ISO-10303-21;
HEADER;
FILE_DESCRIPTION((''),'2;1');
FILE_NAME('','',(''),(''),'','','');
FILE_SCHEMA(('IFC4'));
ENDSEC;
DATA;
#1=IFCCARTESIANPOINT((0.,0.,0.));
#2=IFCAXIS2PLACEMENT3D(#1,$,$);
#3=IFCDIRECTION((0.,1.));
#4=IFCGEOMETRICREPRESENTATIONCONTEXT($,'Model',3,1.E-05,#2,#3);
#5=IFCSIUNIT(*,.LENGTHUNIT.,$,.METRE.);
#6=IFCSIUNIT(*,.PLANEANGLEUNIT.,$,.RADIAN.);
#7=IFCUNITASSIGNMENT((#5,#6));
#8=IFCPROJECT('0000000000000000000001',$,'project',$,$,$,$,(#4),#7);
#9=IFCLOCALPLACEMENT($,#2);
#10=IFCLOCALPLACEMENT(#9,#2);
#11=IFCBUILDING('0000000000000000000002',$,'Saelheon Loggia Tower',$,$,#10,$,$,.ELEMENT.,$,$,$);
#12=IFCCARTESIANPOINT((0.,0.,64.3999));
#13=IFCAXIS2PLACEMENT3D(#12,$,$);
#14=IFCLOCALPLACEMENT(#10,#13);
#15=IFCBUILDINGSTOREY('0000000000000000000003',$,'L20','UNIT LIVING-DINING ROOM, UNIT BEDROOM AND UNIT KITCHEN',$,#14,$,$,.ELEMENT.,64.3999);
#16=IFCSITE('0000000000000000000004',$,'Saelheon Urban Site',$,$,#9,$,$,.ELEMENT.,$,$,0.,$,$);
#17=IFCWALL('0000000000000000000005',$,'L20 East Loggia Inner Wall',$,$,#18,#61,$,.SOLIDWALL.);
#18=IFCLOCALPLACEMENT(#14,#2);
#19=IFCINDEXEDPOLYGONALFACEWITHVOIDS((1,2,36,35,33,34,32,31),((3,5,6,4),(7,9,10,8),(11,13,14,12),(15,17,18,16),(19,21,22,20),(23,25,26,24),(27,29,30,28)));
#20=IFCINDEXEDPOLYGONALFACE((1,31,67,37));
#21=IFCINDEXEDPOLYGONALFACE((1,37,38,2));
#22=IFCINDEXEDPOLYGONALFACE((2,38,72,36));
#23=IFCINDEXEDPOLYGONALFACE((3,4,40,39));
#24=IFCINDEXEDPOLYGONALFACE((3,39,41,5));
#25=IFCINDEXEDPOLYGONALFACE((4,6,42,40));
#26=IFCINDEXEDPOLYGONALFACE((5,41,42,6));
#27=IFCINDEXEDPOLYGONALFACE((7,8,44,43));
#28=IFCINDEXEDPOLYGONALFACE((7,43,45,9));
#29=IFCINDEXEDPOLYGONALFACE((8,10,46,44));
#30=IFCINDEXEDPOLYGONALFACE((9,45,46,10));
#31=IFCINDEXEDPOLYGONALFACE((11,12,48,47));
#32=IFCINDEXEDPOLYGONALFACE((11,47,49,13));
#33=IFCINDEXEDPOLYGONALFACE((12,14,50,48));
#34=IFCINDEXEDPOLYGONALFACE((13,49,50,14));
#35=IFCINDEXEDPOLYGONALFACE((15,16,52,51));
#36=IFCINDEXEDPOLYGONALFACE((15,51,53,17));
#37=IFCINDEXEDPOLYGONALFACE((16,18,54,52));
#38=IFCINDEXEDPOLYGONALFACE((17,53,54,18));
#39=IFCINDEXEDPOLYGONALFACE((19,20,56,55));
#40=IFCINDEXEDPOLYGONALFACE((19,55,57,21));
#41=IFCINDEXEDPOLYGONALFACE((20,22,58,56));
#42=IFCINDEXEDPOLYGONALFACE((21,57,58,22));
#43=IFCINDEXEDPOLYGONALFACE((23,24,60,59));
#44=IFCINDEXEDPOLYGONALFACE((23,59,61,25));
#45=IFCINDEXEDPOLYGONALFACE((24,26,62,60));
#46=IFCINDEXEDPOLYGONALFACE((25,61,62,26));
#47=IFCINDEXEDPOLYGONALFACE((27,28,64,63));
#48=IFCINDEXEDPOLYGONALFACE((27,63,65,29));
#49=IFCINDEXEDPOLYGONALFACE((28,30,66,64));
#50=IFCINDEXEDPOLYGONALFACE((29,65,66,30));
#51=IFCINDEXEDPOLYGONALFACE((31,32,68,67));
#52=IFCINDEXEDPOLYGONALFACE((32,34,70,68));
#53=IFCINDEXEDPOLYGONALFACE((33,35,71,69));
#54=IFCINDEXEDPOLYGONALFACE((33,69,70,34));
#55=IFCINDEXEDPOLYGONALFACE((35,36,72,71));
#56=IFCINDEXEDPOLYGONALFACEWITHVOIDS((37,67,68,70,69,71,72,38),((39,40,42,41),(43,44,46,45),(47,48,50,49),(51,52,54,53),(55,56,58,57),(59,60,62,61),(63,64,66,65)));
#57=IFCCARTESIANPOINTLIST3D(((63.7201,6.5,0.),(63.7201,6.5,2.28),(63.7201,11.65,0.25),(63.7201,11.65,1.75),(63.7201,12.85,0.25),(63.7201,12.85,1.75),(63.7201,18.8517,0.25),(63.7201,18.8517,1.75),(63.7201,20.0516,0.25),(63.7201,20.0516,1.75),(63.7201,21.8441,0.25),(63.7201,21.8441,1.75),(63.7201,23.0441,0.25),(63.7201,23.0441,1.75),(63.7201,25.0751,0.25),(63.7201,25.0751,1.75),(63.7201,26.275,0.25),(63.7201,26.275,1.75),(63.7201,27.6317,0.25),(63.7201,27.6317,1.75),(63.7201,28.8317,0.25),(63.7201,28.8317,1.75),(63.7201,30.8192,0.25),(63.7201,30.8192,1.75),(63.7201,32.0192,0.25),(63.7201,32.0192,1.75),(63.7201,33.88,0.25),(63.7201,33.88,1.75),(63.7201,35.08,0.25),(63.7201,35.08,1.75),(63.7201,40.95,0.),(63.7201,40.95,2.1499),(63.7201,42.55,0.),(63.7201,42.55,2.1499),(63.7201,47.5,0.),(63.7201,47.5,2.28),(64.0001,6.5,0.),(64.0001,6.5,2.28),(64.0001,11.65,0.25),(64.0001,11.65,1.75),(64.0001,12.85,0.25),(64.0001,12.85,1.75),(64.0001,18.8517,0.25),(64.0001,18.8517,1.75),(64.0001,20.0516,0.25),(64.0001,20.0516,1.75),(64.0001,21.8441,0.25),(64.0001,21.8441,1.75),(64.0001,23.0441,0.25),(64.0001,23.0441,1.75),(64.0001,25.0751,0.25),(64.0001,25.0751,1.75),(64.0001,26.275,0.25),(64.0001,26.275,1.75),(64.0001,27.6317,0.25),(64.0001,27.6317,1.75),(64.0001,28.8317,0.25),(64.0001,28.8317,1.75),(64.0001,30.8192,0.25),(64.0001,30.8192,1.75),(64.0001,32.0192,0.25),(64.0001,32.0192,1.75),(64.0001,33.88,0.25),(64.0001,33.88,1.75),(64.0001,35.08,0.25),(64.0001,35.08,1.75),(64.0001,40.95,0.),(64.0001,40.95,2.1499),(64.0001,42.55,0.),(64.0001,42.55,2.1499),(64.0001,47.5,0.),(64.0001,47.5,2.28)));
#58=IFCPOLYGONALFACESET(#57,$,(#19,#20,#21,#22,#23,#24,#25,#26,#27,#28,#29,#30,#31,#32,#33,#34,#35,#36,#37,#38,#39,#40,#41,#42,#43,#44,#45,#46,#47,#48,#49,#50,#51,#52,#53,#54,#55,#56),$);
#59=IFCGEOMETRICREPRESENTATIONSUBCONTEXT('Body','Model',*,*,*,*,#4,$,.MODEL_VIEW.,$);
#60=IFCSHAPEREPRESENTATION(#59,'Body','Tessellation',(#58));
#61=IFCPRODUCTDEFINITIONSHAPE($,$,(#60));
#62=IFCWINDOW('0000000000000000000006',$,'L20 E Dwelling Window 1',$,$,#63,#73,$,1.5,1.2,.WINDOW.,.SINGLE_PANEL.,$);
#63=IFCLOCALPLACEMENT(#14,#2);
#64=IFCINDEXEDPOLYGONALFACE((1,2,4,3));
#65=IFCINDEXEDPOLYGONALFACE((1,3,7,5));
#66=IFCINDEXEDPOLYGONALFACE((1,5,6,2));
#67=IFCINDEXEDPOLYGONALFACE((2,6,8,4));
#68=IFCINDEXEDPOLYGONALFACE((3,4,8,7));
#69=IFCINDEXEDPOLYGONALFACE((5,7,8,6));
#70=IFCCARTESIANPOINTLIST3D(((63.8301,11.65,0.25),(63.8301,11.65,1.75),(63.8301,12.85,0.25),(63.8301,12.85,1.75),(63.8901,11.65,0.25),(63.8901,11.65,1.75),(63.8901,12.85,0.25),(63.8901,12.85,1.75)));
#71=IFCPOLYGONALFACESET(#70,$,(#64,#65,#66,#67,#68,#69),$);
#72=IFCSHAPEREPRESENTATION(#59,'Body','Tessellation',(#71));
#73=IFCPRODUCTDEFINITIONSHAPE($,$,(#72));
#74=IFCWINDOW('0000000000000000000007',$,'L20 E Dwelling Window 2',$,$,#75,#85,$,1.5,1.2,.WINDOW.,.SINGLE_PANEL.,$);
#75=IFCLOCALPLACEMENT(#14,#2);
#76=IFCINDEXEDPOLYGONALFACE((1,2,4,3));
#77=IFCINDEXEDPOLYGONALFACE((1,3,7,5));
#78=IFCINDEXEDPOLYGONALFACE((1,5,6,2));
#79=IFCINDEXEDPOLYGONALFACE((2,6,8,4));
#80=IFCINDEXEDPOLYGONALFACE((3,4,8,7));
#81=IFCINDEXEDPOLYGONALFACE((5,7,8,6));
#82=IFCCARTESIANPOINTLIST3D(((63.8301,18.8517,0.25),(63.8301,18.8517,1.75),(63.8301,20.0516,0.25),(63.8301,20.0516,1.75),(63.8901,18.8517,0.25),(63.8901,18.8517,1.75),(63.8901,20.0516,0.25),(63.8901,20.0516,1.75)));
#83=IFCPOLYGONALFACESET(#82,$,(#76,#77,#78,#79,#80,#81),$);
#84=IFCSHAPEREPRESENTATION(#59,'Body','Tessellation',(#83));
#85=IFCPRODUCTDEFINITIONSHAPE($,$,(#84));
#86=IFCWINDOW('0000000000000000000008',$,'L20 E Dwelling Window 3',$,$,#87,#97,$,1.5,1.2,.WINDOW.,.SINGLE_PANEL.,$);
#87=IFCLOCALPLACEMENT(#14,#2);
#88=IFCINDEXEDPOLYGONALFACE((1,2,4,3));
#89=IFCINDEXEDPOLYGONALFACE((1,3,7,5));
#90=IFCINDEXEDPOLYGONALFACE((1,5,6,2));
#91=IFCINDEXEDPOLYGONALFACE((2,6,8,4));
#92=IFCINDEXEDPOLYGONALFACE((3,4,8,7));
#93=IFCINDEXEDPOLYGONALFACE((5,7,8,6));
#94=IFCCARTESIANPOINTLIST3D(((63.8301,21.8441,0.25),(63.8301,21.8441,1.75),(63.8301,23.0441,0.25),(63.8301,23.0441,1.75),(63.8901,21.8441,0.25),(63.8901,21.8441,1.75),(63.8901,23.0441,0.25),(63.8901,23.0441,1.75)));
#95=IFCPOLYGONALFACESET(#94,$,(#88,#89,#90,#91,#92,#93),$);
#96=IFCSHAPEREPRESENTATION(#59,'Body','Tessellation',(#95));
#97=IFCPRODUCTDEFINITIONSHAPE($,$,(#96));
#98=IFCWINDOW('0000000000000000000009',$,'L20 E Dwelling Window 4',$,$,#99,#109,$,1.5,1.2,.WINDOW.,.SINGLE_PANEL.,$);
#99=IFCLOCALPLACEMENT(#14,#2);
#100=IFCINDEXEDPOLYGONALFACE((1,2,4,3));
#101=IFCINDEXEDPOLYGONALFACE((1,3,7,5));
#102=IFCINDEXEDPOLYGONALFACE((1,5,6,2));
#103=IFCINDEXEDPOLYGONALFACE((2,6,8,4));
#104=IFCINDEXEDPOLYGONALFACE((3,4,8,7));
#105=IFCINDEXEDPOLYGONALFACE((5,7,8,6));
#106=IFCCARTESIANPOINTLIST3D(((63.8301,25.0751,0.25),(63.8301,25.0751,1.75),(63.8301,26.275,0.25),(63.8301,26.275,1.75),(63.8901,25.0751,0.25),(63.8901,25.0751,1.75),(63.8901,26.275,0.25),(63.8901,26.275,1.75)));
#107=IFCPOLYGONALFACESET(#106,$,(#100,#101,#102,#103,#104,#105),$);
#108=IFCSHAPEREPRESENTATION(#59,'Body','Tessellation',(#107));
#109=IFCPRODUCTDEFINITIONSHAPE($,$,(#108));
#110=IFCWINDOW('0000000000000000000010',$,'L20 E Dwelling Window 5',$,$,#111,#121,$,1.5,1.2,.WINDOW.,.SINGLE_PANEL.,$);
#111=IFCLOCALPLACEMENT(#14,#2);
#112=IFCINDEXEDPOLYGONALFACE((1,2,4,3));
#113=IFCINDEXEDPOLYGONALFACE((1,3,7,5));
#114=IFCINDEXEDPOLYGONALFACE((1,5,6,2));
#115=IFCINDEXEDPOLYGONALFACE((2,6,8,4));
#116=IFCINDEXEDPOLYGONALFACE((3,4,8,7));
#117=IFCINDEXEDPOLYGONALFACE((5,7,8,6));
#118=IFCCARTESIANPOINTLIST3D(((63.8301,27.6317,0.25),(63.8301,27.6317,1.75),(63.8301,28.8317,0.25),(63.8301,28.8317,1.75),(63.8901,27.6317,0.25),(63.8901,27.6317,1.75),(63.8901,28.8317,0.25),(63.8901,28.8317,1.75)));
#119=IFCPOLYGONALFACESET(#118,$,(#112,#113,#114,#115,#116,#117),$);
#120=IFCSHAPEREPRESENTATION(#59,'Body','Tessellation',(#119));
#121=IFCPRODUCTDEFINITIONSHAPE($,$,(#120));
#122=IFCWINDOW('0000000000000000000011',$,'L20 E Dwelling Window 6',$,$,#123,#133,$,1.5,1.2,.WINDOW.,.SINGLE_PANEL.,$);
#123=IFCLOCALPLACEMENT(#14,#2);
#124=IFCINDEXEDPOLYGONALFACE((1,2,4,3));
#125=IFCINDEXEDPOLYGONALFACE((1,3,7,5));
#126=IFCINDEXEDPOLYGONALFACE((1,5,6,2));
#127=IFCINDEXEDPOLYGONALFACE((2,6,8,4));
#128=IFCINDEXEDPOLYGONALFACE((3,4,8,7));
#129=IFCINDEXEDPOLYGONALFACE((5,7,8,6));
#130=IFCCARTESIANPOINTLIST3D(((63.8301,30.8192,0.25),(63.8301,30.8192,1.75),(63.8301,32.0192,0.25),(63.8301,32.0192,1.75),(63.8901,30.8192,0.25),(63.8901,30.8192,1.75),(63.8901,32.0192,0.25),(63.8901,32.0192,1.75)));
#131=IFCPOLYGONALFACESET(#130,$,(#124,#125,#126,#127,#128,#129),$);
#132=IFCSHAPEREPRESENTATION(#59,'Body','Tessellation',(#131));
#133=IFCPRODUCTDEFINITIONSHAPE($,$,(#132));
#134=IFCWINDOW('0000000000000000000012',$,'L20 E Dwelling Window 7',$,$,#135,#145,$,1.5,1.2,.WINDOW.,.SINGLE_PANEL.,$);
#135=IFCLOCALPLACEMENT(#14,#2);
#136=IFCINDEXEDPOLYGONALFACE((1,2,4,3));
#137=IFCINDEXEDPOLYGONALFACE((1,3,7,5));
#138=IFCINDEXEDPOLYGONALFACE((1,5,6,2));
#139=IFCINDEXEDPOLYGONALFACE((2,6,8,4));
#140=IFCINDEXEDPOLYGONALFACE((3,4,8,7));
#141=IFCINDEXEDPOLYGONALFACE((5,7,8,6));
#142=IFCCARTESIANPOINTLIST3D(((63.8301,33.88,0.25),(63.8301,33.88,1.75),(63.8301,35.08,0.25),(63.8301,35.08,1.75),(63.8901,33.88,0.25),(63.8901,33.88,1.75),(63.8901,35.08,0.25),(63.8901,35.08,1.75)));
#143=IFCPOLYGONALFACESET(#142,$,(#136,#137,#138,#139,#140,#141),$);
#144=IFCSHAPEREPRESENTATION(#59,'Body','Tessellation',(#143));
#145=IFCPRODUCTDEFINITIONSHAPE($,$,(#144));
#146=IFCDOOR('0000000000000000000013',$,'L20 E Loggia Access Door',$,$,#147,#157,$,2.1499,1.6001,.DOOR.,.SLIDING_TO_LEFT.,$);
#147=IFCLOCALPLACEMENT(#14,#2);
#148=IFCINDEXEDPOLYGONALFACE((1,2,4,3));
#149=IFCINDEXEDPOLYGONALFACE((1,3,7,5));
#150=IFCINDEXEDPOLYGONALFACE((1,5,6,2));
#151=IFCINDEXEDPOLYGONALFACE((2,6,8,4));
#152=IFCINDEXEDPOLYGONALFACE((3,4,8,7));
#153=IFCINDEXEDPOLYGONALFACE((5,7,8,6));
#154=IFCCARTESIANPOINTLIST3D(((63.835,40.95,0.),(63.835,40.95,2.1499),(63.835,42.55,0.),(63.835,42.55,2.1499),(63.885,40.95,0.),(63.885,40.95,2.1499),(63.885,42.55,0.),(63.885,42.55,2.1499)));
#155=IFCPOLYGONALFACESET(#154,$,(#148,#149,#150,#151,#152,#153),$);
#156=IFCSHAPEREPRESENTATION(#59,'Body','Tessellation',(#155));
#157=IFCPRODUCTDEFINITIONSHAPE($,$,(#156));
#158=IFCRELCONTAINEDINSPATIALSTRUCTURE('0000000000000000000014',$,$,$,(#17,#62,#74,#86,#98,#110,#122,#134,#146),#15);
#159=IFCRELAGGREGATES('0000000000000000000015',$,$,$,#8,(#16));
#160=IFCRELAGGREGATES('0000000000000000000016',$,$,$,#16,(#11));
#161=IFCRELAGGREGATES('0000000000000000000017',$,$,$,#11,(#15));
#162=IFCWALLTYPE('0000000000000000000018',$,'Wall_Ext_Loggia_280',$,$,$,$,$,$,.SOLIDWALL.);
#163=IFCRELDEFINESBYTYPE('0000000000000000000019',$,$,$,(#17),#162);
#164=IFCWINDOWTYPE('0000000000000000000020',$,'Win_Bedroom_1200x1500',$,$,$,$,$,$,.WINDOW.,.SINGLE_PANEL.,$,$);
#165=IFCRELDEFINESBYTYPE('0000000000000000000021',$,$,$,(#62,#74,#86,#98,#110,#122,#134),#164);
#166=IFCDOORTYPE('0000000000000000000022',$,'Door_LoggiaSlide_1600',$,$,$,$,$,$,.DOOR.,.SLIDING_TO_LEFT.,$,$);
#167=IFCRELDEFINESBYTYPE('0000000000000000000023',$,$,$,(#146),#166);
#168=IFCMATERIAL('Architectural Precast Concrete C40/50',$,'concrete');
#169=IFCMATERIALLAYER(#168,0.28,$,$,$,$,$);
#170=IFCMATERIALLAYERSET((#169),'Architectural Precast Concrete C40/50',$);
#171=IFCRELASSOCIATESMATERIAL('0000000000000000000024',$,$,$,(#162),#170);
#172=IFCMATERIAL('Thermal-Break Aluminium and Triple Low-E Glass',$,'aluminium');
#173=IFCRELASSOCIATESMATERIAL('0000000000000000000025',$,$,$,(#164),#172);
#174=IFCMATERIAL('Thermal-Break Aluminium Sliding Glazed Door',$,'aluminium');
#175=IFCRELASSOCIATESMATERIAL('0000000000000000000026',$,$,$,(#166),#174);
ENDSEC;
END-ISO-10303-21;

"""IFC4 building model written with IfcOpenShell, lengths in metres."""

from ifc_helpers import new_model, si_unit, direction, frame, frame_2d, origin, place, context, subcontext, project, spatial, rectangle, extrude, source, transform, mapped, material, layer, layer_set, type_object, element, fill, save


model = new_model("IFC4")

# Units and contexts
model_context = context("Model", 3, precision=1e-05, world=origin(), true_north=direction((0.0, 1.0)))
body_context = subcontext(model_context, "Body", "Model", "MODEL_VIEW")
ifc_project = project(units=[si_unit("LENGTHUNIT", "METRE"), si_unit("PLANEANGLEUNIT", "RADIAN")], contexts=[model_context])

# Site, building, storey
site_placement = place(None, origin())
site = spatial("IfcSite", under=ifc_project, at=site_placement, Name="Saelheon Urban Site", CompositionType="ELEMENT", RefElevation=0.0)
building_placement = place(site_placement, origin())
building = spatial("IfcBuilding", under=site, at=building_placement, Name="Saelheon Loggia Tower", CompositionType="ELEMENT")
storey_placement = place(building_placement, frame((0.0, 0.0, 64.3999)))
storey = spatial("IfcBuildingStorey", under=building, at=storey_placement, Name="L20", Description="UNIT LIVING-DINING ROOM, UNIT BEDROOM AND UNIT KITCHEN", CompositionType="ELEMENT", Elevation=64.3999)

# Wall, openings, windows, door
ifc_material_1 = material(Name="Architectural Precast Concrete C40/50", Category="concrete")
ifc_layer_1 = layer(ifc_material_1, 0.28)
ifc_layer_set_1 = layer_set([ifc_layer_1], Name="Architectural Precast Concrete C40/50")
wall_type_1 = type_object("IfcWallType", Name="Wall_Ext_Loggia_280", PredefinedType="SOLIDWALL", material=ifc_layer_set_1)
wall_1_placement = place(storey_placement, frame((63.8601, 6.5, 0.0), z_axis=(0.0, 0.0, 1.0), x_axis=(0.0, 1.0, 0.0)))
wall_1 = element("IfcWall", 1, at=wall_1_placement, inside=storey, type_object=wall_type_1, Name="L20 East Loggia Inner Wall", PredefinedType="SOLIDWALL", context=body_context, shape_type="SweptSolid", body=[
    extrude(rectangle(XDim=41.0, YDim=0.28, at=frame_2d((20.5, 0.0))), origin(), (0.0, 0.0, 1.0), 2.28),
])
opening_1_placement = place(wall_1_placement, frame((5.1499, 0.0, 0.25)))
opening_1 = element("IfcOpeningElement", 2, at=opening_1_placement, cuts=wall_1, PredefinedType="OPENING", context=body_context, shape_type="SweptSolid", body=[
    extrude(rectangle(XDim=1.2, YDim=1.5, at=frame_2d((0.6001, 0.75))), frame((0.0, 0.1521, 0.0), z_axis=(0.0, -1.0, 0.0), x_axis=(1.0, 0.0, 0.0)), (0.0, 0.0, 1.0), 0.304),
])
opening_2_placement = place(wall_1_placement, frame((12.3516, 0.0, 0.25)))
opening_2 = element("IfcOpeningElement", 3, at=opening_2_placement, cuts=wall_1, PredefinedType="OPENING", context=body_context, shape_type="SweptSolid", body=[
    extrude(rectangle(XDim=1.2, YDim=1.5, at=frame_2d((0.6001, 0.75))), frame((0.0, 0.1521, 0.0), z_axis=(0.0, -1.0, 0.0), x_axis=(1.0, 0.0, 0.0)), (0.0, 0.0, 1.0), 0.304),
])
opening_3_placement = place(wall_1_placement, frame((15.344, 0.0, 0.25)))
opening_3 = element("IfcOpeningElement", 4, at=opening_3_placement, cuts=wall_1, PredefinedType="OPENING", context=body_context, shape_type="SweptSolid", body=[
    extrude(rectangle(XDim=1.2, YDim=1.5, at=frame_2d((0.6001, 0.75))), frame((0.0, 0.1521, 0.0), z_axis=(0.0, -1.0, 0.0), x_axis=(1.0, 0.0, 0.0)), (0.0, 0.0, 1.0), 0.304),
])
opening_4_placement = place(wall_1_placement, frame((18.575, 0.0, 0.25)))
opening_4 = element("IfcOpeningElement", 5, at=opening_4_placement, cuts=wall_1, PredefinedType="OPENING", context=body_context, shape_type="SweptSolid", body=[
    extrude(rectangle(XDim=1.2, YDim=1.5, at=frame_2d((0.6001, 0.75))), frame((0.0, 0.1521, 0.0), z_axis=(0.0, -1.0, 0.0), x_axis=(1.0, 0.0, 0.0)), (0.0, 0.0, 1.0), 0.304),
])
opening_5_placement = place(wall_1_placement, frame((21.1316, 0.0, 0.25)))
opening_5 = element("IfcOpeningElement", 6, at=opening_5_placement, cuts=wall_1, PredefinedType="OPENING", context=body_context, shape_type="SweptSolid", body=[
    extrude(rectangle(XDim=1.2, YDim=1.5, at=frame_2d((0.6001, 0.75))), frame((0.0, 0.1521, 0.0), z_axis=(0.0, -1.0, 0.0), x_axis=(1.0, 0.0, 0.0)), (0.0, 0.0, 1.0), 0.304),
])
opening_6_placement = place(wall_1_placement, frame((24.3191, 0.0, 0.25)))
opening_6 = element("IfcOpeningElement", 7, at=opening_6_placement, cuts=wall_1, PredefinedType="OPENING", context=body_context, shape_type="SweptSolid", body=[
    extrude(rectangle(XDim=1.2, YDim=1.5, at=frame_2d((0.6001, 0.75))), frame((0.0, 0.1521, 0.0), z_axis=(0.0, -1.0, 0.0), x_axis=(1.0, 0.0, 0.0)), (0.0, 0.0, 1.0), 0.304),
])
opening_7_placement = place(wall_1_placement, frame((27.3799, 0.0, 0.25)))
opening_7 = element("IfcOpeningElement", 8, at=opening_7_placement, cuts=wall_1, PredefinedType="OPENING", context=body_context, shape_type="SweptSolid", body=[
    extrude(rectangle(XDim=1.2, YDim=1.5, at=frame_2d((0.6001, 0.75))), frame((0.0, 0.1521, 0.0), z_axis=(0.0, -1.0, 0.0), x_axis=(1.0, 0.0, 0.0)), (0.0, 0.0, 1.0), 0.304),
])
opening_8_placement = place(wall_1_placement, frame((36.05, 0.0, 0.0), z_axis=(0.0, 0.0, 1.0), x_axis=(-1.0, 0.0, 0.0)))
opening_8 = element("IfcOpeningElement", 9, at=opening_8_placement, cuts=wall_1, PredefinedType="OPENING", context=body_context, shape_type="SweptSolid", body=[
    extrude(rectangle(XDim=1.6001, YDim=2.1499, at=frame_2d((0.8, 1.075))), frame((0.0, 0.1521, 0.0), z_axis=(0.0, -1.0, 0.0), x_axis=(1.0, 0.0, 0.0)), (0.0, 0.0, 1.0), 0.304),
])
ifc_material_2 = material(Name="Thermal-Break Aluminium and Triple Low-E Glass", Category="aluminium")
window_type = type_object("IfcWindowType", Name="Win_Bedroom_1200x1500", PartitioningType="SINGLE_PANEL", PredefinedType="WINDOW", material=ifc_material_2)
shared_shape_1 = source(origin(), body_context, "Body", "SweptSolid", [
    extrude(rectangle(XDim=1.2, YDim=1.5, at=frame_2d((0.6001, 0.75))), frame((0.0, 0.03, 0.0), z_axis=(0.0, -1.0, 0.0), x_axis=(1.0, 0.0, 0.0)), (0.0, 0.0, 1.0), 0.0601),
])
window_1_placement = place(opening_1_placement, origin())
window_1 = element("IfcWindow", 10, at=window_1_placement, inside=storey, type_object=window_type, Name="L20 E Dwelling Window 1", OverallHeight=1.5, OverallWidth=1.2, PartitioningType="SINGLE_PANEL", PredefinedType="WINDOW", context=body_context, shape_type="MappedRepresentation", body=[
    mapped(shared_shape_1, transform((0.0, 0.0, 0.0), scale=1.0)),
])
fill(opening_1, window_1)
window_2_placement = place(opening_2_placement, origin())
window_2 = element("IfcWindow", 11, at=window_2_placement, inside=storey, type_object=window_type, Name="L20 E Dwelling Window 2", OverallHeight=1.5, OverallWidth=1.2, PartitioningType="SINGLE_PANEL", PredefinedType="WINDOW", context=body_context, shape_type="MappedRepresentation", body=[
    mapped(shared_shape_1, transform((0.0, 0.0, 0.0), scale=1.0)),
])
fill(opening_2, window_2)
window_3_placement = place(opening_3_placement, origin())
window_3 = element("IfcWindow", 12, at=window_3_placement, inside=storey, type_object=window_type, Name="L20 E Dwelling Window 3", OverallHeight=1.5, OverallWidth=1.2, PartitioningType="SINGLE_PANEL", PredefinedType="WINDOW", context=body_context, shape_type="MappedRepresentation", body=[
    mapped(shared_shape_1, transform((0.0, 0.0, 0.0), scale=1.0)),
])
fill(opening_3, window_3)
window_4_placement = place(opening_4_placement, origin())
window_4 = element("IfcWindow", 13, at=window_4_placement, inside=storey, type_object=window_type, Name="L20 E Dwelling Window 4", OverallHeight=1.5, OverallWidth=1.2, PartitioningType="SINGLE_PANEL", PredefinedType="WINDOW", context=body_context, shape_type="MappedRepresentation", body=[
    mapped(shared_shape_1, transform((0.0, 0.0, 0.0), scale=1.0)),
])
fill(opening_4, window_4)
window_5_placement = place(opening_5_placement, origin())
window_5 = element("IfcWindow", 14, at=window_5_placement, inside=storey, type_object=window_type, Name="L20 E Dwelling Window 5", OverallHeight=1.5, OverallWidth=1.2, PartitioningType="SINGLE_PANEL", PredefinedType="WINDOW", context=body_context, shape_type="MappedRepresentation", body=[
    mapped(shared_shape_1, transform((0.0, 0.0, 0.0), scale=1.0)),
])
fill(opening_5, window_5)
window_6_placement = place(opening_6_placement, origin())
window_6 = element("IfcWindow", 15, at=window_6_placement, inside=storey, type_object=window_type, Name="L20 E Dwelling Window 6", OverallHeight=1.5, OverallWidth=1.2, PartitioningType="SINGLE_PANEL", PredefinedType="WINDOW", context=body_context, shape_type="MappedRepresentation", body=[
    mapped(shared_shape_1, transform((0.0, 0.0, 0.0), scale=1.0)),
])
fill(opening_6, window_6)
window_7_placement = place(opening_7_placement, origin())
window_7 = element("IfcWindow", 16, at=window_7_placement, inside=storey, type_object=window_type, Name="L20 E Dwelling Window 7", OverallHeight=1.5, OverallWidth=1.2, PartitioningType="SINGLE_PANEL", PredefinedType="WINDOW", context=body_context, shape_type="MappedRepresentation", body=[
    mapped(shared_shape_1, transform((0.0, 0.0, 0.0), scale=1.0)),
])
fill(opening_7, window_7)
ifc_material_3 = material(Name="Thermal-Break Aluminium Sliding Glazed Door", Category="aluminium")
door_type_1 = type_object("IfcDoorType", Name="Door_LoggiaSlide_1600", OperationType="SLIDING_TO_LEFT", PredefinedType="DOOR", material=ifc_material_3)
shared_shape_2 = source(origin(), body_context, "Body", "SweptSolid", [
    extrude(rectangle(XDim=1.6001, YDim=2.1499, at=frame_2d((0.8, 1.075))), frame((0.0, 0.0249, 0.0), z_axis=(0.0, -1.0, 0.0), x_axis=(1.0, 0.0, 0.0)), (0.0, 0.0, 1.0), 0.05),
])
door_1_placement = place(opening_8_placement, origin())
door_1 = element("IfcDoor", 17, at=door_1_placement, inside=storey, type_object=door_type_1, Name="L20 E Loggia Access Door", OperationType="SLIDING_TO_LEFT", OverallHeight=2.1499, OverallWidth=1.6001, PredefinedType="DOOR", context=body_context, shape_type="MappedRepresentation", body=[
    mapped(shared_shape_2, transform((0.0, 0.0, 0.0), scale=1.0)),
])
fill(opening_8, door_1)

save(model, "model.ifc")
